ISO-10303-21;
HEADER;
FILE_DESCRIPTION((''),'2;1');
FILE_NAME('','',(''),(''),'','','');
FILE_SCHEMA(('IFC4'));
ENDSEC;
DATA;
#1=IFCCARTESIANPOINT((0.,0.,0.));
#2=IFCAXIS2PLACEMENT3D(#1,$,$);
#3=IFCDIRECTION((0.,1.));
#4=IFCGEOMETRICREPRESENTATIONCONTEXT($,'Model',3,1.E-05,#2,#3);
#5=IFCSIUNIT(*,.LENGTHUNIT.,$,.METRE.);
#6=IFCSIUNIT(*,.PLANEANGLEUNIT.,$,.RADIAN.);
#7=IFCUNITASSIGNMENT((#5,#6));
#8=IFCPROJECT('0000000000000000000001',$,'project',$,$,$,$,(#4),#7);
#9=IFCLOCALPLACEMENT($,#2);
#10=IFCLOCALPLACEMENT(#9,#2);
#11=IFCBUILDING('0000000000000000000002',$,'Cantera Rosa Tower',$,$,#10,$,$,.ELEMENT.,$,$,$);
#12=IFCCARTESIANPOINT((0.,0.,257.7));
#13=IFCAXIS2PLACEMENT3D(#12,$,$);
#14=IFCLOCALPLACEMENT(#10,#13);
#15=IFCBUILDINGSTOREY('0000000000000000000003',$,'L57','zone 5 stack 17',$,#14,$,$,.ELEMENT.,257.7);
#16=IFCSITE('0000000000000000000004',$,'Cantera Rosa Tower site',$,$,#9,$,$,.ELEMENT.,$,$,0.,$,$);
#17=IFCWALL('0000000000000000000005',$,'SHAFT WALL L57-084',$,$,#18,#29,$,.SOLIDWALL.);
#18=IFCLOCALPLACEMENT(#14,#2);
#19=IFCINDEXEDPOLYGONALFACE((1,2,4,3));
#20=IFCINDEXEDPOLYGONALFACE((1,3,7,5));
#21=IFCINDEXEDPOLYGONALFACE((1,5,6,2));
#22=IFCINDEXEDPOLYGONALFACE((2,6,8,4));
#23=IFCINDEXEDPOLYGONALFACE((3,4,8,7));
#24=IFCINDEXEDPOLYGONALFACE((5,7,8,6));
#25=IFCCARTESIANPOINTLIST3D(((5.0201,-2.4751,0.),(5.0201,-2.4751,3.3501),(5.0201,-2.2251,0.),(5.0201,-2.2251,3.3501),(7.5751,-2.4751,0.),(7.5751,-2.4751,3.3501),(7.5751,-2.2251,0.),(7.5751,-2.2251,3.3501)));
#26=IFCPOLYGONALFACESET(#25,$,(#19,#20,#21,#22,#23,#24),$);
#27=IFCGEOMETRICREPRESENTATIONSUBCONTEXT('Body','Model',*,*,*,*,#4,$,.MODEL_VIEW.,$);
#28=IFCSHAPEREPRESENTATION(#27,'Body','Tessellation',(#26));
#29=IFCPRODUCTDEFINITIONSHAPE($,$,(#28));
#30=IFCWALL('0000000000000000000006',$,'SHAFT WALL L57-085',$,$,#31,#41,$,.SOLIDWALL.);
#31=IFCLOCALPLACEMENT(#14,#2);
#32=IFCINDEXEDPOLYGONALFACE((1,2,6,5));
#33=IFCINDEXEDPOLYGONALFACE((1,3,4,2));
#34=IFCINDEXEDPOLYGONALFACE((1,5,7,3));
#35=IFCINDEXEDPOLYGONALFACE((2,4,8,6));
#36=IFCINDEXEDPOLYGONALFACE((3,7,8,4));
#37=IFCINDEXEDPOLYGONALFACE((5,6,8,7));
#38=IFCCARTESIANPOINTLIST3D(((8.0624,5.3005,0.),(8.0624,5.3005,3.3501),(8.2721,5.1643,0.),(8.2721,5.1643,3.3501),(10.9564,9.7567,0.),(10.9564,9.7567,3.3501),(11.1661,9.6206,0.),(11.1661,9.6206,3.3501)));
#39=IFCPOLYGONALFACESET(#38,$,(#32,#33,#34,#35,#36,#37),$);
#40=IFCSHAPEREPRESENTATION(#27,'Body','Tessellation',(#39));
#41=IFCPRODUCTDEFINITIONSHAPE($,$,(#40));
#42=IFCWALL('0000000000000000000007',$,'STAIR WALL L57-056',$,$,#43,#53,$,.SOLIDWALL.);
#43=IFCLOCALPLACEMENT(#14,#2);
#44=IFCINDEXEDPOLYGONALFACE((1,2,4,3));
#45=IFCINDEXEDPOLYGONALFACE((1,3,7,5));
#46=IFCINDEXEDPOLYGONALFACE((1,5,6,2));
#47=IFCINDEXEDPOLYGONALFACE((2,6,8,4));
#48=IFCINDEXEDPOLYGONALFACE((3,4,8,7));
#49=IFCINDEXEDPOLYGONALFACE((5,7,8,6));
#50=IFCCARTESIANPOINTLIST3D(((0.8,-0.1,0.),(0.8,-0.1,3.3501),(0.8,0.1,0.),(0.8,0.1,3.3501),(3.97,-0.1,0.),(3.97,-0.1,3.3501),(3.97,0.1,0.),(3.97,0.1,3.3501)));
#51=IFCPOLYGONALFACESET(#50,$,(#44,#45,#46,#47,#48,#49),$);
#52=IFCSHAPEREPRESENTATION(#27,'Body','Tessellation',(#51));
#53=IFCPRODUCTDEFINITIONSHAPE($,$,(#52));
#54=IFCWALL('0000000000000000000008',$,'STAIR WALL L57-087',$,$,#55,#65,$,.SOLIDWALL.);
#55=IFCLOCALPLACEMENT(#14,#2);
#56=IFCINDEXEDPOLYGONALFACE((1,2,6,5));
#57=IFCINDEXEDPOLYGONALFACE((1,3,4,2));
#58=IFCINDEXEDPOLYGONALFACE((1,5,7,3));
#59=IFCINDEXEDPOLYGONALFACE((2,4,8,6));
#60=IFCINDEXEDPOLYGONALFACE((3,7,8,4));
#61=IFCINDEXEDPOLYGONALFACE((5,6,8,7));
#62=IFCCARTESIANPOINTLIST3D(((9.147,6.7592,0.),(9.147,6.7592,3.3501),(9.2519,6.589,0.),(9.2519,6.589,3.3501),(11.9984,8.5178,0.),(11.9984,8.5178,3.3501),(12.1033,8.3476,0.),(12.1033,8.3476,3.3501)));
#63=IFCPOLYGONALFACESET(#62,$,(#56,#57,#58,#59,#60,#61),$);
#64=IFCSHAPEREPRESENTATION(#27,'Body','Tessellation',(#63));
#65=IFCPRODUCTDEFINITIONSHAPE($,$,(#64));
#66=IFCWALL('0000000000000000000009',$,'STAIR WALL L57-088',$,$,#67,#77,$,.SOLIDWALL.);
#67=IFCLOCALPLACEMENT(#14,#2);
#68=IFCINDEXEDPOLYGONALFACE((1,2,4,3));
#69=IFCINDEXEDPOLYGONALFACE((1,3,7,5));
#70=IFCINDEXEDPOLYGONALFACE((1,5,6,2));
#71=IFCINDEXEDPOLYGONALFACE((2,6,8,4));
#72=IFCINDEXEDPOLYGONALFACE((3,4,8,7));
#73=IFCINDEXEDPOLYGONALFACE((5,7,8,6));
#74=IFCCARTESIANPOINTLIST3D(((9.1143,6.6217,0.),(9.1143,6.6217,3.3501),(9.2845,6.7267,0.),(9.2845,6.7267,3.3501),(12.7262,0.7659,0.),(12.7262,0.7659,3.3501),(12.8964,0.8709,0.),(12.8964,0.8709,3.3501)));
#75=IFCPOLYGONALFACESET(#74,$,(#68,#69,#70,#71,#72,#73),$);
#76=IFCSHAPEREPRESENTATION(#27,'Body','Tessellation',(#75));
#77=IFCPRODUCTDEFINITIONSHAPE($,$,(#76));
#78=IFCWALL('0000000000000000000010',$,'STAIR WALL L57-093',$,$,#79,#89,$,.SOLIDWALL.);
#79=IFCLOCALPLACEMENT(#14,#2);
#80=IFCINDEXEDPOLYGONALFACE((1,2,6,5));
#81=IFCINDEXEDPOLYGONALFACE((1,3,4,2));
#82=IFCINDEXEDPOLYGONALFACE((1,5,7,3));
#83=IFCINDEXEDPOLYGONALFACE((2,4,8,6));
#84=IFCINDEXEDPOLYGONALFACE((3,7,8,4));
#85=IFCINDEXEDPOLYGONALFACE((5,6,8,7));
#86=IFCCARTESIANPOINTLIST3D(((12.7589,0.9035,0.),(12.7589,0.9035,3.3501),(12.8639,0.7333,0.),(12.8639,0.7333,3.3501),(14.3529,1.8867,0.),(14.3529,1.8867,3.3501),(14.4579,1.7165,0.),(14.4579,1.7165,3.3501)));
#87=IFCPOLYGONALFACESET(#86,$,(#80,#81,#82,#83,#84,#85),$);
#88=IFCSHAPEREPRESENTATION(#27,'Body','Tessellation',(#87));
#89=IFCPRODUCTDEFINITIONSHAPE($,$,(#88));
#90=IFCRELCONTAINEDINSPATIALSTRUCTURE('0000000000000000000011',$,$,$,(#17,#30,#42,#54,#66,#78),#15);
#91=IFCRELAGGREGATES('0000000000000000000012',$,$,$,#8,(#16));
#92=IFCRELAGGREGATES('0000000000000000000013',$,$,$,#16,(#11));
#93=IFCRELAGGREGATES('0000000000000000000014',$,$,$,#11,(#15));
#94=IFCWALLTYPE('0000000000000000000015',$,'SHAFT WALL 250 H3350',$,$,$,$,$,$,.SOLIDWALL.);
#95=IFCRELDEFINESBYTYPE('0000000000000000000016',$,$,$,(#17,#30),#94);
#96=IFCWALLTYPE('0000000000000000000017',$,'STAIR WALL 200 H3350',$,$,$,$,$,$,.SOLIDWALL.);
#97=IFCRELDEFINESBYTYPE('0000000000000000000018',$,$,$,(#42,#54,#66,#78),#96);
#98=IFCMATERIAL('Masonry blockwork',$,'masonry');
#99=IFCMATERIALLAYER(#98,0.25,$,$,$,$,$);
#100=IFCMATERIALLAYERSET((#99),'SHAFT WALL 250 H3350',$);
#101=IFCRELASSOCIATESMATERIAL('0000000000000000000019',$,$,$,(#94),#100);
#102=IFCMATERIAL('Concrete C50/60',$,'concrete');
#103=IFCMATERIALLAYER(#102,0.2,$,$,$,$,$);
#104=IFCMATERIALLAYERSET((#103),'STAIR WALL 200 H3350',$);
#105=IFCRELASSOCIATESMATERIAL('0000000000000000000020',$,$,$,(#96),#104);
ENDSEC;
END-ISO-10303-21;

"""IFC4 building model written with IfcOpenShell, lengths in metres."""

from ifc_helpers import new_model, si_unit, direction, frame, frame_2d, origin, place, context, subcontext, project, spatial, rectangle, extrude, material, layer, layer_set, type_object, element, save


model = new_model("IFC4")

# Units and contexts
model_context = context("Model", 3, precision=1e-05, world=origin(), true_north=direction((0.0, 1.0)))
body_context = subcontext(model_context, "Body", "Model", "MODEL_VIEW")
ifc_project = project(units=[si_unit("LENGTHUNIT", "METRE"), si_unit("PLANEANGLEUNIT", "RADIAN")], contexts=[model_context])

# Site, building, storey
site_placement = place(None, origin())
site = spatial("IfcSite", under=ifc_project, at=site_placement, Name="Cantera Rosa Tower site", CompositionType="ELEMENT", RefElevation=0.0)
building_placement = place(site_placement, origin())
building = spatial("IfcBuilding", under=site, at=building_placement, Name="Cantera Rosa Tower", CompositionType="ELEMENT")
storey_placement = place(building_placement, frame((0.0, 0.0, 257.7)))
storey = spatial("IfcBuildingStorey", under=building, at=storey_placement, Name="L57", Description="zone 5 stack 17", CompositionType="ELEMENT", Elevation=257.7)

# Walls
ifc_material_1 = material(Name="Masonry blockwork", Category="masonry")
ifc_layer_1 = layer(ifc_material_1, 0.25)
ifc_layer_set_1 = layer_set([ifc_layer_1], Name="SHAFT WALL 250 H3350")
wall_type_1 = type_object("IfcWallType", Name="SHAFT WALL 250 H3350", PredefinedType="SOLIDWALL", material=ifc_layer_set_1)
wall_1_placement = place(storey_placement, frame((7.575, -2.3501, 0.0), z_axis=(0.0, 0.0, 1.0), x_axis=(-1.0, 0.0, 0.0)))
element("IfcWall", 1, at=wall_1_placement, inside=storey, type_object=wall_type_1, Name="SHAFT WALL L57-084", PredefinedType="SOLIDWALL", context=body_context, shape_type="SweptSolid", body=[
    extrude(rectangle(XDim=2.5549, YDim=0.25, at=frame_2d((1.2773, 0.0))), origin(), (0.0, 0.0, 1.0), 3.3501),
])
wall_2_placement = place(storey_placement, frame((8.1672, 5.2324, 0.0), z_axis=(0.0, 0.0, 1.0), x_axis=(0.544651, 0.838663, 0.0)))
element("IfcWall", 2, at=wall_2_placement, inside=storey, type_object=wall_type_1, Name="SHAFT WALL L57-085", PredefinedType="SOLIDWALL", context=body_context, shape_type="SweptSolid", body=[
    extrude(rectangle(XDim=5.3135, YDim=0.25, at=frame_2d((2.6567, 0.0))), origin(), (0.0, 0.0, 1.0), 3.3501),
])
ifc_material_2 = material(Name="Concrete C50/60", Category="concrete")
ifc_layer_2 = layer(ifc_material_2, 0.2)
ifc_layer_set_2 = layer_set([ifc_layer_2], Name="STAIR WALL 200 H3350")
wall_type_2 = type_object("IfcWallType", Name="STAIR WALL 200 H3350", PredefinedType="SOLIDWALL", material=ifc_layer_set_2)
wall_3_placement = place(storey_placement, frame((0.8, 0.0, 0.0), z_axis=(0.0, 0.0, 1.0), x_axis=(1.0, 0.0, 0.0)))
element("IfcWall", 3, at=wall_3_placement, inside=storey, type_object=wall_type_2, Name="STAIR WALL L57-056", PredefinedType="SOLIDWALL", context=body_context, shape_type="SweptSolid", body=[
    extrude(rectangle(XDim=3.1699, YDim=0.2, at=frame_2d((1.585, 0.0))), origin(), (0.0, 0.0, 1.0), 3.3501),
])
wall_4_placement = place(storey_placement, frame((9.1995, 6.6741, 0.0), z_axis=(0.0, 0.0, 1.0), x_axis=(0.85114, 0.524939, 0.0)))
element("IfcWall", 4, at=wall_4_placement, inside=storey, type_object=wall_type_2, Name="STAIR WALL L57-087", PredefinedType="SOLIDWALL", context=body_context, shape_type="SweptSolid", body=[
    extrude(rectangle(XDim=3.3501, YDim=0.2, at=frame_2d((1.675, 0.0))), origin(), (0.0, 0.0, 1.0), 3.3501),
])
wall_5_placement = place(storey_placement, frame((9.1995, 6.6741, 0.0), z_axis=(0.0, 0.0, 1.0), x_axis=(0.524972, -0.851119, 0.0)))
element("IfcWall", 5, at=wall_5_placement, inside=storey, type_object=wall_type_2, Name="STAIR WALL L57-088", PredefinedType="SOLIDWALL", context=body_context, shape_type="SweptSolid", body=[
    extrude(rectangle(XDim=6.8801, YDim=0.2, at=frame_2d((3.4399, 0.0))), origin(), (0.0, 0.0, 1.0), 3.3501),
])
wall_6_placement = place(storey_placement, frame((12.8113, 0.8184, 0.0), z_axis=(0.0, 0.0, 1.0), x_axis=(0.851125, 0.524963, 0.0)))
element("IfcWall", 6, at=wall_6_placement, inside=storey, type_object=wall_type_2, Name="STAIR WALL L57-093", PredefinedType="SOLIDWALL", context=body_context, shape_type="SweptSolid", body=[
    extrude(rectangle(XDim=1.8728, YDim=0.2, at=frame_2d((0.9365, 0.0))), origin(), (0.0, 0.0, 1.0), 3.3501),
])

save(model, "model.ifc")
